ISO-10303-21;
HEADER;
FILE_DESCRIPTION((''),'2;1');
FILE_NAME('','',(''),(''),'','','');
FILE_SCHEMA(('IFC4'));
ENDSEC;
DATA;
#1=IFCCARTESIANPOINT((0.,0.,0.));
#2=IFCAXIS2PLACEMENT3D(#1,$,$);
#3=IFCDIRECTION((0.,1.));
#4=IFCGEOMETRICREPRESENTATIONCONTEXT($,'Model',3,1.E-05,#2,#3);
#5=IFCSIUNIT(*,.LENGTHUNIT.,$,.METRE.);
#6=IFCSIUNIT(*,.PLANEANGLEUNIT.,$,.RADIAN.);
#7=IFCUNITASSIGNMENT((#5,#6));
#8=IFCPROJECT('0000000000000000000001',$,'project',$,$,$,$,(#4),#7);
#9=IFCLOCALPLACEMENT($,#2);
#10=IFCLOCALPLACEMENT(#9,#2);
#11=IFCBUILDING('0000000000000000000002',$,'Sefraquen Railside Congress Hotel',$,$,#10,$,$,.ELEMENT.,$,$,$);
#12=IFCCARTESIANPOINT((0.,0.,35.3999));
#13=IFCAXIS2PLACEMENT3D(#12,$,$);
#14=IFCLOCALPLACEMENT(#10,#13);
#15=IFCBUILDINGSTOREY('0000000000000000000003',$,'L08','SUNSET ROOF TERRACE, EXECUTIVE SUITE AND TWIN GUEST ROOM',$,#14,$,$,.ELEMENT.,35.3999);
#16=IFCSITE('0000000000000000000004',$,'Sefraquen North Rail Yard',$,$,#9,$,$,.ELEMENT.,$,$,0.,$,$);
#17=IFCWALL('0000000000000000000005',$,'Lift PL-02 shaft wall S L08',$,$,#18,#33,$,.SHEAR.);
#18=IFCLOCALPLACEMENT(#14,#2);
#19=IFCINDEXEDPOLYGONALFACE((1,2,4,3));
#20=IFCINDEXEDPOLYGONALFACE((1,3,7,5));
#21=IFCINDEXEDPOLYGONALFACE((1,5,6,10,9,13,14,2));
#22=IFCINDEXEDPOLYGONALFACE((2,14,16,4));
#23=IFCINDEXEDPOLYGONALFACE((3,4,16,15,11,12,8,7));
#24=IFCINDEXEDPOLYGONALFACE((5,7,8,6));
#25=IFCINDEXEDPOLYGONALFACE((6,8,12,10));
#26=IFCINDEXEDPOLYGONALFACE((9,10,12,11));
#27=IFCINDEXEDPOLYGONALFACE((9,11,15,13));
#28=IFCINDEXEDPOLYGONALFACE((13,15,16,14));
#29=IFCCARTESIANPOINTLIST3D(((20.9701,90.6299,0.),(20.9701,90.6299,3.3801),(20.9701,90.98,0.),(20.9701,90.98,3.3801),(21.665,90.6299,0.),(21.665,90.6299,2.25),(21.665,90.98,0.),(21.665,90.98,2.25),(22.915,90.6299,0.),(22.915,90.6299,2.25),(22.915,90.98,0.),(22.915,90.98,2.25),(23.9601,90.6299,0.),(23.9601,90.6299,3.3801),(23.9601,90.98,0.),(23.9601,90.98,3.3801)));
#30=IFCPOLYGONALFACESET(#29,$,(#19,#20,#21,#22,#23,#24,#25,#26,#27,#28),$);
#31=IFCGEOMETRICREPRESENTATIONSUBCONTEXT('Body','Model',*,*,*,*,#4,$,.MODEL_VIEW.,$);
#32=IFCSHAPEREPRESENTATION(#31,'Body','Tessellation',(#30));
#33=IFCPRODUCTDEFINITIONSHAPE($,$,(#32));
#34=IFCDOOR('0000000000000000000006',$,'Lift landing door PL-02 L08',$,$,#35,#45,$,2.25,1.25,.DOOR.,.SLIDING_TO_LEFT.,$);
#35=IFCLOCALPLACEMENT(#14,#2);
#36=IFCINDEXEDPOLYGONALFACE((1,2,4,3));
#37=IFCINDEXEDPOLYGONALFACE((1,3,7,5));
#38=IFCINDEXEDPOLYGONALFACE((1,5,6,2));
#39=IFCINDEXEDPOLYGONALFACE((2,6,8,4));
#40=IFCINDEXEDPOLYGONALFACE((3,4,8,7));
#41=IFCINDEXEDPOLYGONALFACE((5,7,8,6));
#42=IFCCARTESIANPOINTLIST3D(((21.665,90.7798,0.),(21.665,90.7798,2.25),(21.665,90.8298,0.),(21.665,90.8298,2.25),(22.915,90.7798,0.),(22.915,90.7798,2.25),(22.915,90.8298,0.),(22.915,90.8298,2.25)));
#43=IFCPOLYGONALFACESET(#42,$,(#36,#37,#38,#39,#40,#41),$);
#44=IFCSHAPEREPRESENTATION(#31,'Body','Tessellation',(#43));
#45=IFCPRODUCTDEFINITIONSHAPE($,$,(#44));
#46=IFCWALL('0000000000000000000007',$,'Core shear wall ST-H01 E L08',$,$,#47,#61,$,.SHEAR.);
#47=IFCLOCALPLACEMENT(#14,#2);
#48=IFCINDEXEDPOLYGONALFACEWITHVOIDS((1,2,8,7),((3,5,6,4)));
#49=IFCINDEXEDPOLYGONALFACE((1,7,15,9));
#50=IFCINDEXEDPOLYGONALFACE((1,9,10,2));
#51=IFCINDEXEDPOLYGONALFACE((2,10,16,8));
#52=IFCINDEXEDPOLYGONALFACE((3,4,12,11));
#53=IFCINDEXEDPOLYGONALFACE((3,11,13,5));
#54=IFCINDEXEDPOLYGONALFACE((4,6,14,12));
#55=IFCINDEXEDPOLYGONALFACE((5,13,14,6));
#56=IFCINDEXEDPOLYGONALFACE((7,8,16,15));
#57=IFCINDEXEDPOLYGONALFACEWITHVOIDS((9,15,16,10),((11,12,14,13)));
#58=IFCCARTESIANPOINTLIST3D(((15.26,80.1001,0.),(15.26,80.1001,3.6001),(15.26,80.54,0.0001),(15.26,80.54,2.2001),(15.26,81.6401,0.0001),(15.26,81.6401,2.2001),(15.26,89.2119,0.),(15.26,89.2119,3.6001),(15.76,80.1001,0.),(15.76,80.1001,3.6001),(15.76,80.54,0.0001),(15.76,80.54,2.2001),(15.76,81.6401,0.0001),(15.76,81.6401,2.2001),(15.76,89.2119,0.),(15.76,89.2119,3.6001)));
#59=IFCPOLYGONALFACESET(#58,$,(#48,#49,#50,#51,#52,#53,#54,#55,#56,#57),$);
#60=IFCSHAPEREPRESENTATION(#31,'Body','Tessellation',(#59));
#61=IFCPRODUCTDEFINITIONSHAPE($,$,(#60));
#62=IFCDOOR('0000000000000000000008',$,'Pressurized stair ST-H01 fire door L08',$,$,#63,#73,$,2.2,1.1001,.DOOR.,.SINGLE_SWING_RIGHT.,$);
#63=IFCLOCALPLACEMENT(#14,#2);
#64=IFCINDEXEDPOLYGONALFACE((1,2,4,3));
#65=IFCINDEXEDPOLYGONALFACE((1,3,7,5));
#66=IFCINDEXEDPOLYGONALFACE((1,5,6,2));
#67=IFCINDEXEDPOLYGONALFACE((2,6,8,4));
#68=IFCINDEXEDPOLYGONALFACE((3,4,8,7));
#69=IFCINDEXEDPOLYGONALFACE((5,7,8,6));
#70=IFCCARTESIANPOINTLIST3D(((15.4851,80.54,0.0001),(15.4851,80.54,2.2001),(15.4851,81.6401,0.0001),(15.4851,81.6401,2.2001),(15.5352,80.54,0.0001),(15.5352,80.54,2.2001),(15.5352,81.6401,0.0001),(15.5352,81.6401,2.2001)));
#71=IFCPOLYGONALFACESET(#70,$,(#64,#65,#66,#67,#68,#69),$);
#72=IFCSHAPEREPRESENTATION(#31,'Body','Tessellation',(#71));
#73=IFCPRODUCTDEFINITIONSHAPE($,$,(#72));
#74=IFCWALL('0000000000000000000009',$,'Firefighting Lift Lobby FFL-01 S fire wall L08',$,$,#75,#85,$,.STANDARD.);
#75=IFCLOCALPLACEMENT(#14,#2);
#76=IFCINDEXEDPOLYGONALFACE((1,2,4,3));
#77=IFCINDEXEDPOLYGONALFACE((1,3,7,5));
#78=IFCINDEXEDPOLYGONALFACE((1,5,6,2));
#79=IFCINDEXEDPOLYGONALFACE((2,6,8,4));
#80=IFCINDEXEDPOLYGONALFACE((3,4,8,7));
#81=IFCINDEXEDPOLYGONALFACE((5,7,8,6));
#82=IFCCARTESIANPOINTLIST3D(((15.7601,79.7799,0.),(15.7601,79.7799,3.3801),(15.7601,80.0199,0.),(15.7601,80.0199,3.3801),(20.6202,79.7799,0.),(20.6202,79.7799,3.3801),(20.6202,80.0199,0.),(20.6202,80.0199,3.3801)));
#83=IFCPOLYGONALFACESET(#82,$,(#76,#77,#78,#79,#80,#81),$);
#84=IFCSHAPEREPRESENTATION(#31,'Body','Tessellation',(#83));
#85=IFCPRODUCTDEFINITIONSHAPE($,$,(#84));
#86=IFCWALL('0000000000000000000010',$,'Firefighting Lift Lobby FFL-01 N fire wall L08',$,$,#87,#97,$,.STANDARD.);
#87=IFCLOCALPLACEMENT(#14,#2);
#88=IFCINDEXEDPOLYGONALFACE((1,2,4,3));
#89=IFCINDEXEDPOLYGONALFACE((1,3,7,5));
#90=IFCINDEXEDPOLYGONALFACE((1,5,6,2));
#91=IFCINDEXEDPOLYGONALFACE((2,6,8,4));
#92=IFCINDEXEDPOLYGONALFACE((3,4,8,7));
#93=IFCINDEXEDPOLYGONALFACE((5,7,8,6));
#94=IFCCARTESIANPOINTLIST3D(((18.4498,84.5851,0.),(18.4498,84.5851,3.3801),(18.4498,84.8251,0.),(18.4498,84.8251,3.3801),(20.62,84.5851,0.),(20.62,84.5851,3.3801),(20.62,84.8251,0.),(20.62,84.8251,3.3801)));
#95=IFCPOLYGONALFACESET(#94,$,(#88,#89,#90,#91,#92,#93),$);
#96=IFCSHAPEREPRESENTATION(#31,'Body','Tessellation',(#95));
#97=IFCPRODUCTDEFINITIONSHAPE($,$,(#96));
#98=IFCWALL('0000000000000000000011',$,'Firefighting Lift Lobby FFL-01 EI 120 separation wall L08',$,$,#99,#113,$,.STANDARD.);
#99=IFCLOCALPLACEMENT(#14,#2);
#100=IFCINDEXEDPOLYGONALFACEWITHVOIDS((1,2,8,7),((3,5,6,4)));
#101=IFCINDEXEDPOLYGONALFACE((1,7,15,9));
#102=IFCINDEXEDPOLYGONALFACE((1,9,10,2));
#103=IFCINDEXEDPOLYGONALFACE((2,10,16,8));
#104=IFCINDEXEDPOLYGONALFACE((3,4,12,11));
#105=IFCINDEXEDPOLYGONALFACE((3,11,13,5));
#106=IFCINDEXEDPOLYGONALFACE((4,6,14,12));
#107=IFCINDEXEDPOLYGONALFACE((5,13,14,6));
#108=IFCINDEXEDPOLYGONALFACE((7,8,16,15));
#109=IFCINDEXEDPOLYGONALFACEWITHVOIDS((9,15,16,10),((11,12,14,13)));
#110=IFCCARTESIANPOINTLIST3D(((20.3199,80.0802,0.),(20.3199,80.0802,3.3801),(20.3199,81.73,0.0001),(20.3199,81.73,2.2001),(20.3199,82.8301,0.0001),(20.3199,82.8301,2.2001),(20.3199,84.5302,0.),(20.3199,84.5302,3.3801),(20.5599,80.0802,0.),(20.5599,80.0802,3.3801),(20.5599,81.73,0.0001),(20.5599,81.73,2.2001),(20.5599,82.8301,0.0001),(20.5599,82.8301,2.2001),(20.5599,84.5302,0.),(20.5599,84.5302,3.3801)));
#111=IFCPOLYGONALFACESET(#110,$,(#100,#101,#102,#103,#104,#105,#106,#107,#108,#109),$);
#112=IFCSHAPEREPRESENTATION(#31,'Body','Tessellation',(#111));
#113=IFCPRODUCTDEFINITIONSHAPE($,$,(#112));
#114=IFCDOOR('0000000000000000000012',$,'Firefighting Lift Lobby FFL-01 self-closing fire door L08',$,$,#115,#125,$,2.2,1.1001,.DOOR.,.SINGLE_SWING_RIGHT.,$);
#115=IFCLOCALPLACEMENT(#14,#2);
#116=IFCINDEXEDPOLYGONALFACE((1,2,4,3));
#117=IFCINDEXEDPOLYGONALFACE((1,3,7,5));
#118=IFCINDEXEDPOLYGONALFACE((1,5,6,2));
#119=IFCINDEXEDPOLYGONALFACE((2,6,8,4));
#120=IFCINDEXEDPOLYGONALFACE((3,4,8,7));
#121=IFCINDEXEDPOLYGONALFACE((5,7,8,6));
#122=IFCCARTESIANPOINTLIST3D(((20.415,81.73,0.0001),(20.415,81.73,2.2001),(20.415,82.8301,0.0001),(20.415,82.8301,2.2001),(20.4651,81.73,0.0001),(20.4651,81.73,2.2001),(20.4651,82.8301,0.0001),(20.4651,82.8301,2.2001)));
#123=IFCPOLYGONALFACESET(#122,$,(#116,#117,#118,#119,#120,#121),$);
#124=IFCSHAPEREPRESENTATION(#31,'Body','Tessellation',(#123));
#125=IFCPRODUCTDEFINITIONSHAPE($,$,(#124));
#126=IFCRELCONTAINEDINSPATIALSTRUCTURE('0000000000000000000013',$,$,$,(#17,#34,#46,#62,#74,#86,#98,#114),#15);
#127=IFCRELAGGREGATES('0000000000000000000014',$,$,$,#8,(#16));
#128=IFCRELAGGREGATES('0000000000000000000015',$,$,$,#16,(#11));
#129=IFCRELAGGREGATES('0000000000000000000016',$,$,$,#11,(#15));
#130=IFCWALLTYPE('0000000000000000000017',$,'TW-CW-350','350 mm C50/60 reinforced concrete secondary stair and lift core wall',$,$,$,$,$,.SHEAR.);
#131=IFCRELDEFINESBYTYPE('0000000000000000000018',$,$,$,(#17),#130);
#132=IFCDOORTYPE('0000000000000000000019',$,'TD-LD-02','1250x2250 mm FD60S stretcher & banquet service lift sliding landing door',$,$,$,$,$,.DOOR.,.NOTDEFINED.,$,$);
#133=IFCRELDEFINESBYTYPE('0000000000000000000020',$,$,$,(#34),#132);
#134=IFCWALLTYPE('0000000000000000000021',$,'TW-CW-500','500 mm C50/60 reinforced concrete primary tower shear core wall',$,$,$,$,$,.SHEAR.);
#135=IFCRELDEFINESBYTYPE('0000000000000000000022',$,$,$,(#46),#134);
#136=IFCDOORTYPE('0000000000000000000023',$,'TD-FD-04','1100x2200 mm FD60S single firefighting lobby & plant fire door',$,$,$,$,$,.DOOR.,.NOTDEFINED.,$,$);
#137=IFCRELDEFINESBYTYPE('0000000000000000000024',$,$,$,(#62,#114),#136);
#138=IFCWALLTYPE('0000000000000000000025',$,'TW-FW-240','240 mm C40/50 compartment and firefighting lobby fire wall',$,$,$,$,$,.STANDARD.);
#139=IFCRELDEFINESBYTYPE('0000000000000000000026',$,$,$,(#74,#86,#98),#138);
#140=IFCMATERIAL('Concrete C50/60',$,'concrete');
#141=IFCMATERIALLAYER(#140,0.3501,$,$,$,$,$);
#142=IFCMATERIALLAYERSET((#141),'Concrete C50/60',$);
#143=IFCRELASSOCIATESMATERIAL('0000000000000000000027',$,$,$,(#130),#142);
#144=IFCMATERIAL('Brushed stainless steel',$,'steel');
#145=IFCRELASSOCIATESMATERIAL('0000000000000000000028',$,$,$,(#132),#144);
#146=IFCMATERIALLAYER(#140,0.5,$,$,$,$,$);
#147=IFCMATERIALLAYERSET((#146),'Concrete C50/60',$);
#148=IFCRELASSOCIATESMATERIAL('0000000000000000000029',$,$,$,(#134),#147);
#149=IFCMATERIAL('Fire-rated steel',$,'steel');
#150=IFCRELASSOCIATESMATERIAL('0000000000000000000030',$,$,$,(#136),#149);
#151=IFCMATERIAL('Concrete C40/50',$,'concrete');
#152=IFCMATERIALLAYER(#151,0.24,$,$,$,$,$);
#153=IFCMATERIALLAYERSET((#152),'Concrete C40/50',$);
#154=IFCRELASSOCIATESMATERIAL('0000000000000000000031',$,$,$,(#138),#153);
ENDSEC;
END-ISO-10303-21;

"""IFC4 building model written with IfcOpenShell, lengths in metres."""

from ifc_helpers import new_model, si_unit, direction, frame, frame_2d, origin, place, context, subcontext, project, spatial, rectangle, extrude, material, layer, layer_set, type_object, element, fill, save


model = new_model("IFC4")

# Units and contexts
model_context = context("Model", 3, precision=1e-05, world=origin(), true_north=direction((0.0, 1.0)))
body_context = subcontext(model_context, "Body", "Model", "MODEL_VIEW")
ifc_project = project(units=[si_unit("LENGTHUNIT", "METRE"), si_unit("PLANEANGLEUNIT", "RADIAN")], contexts=[model_context])

# Site, building, storey
site_placement = place(None, origin())
site = spatial("IfcSite", under=ifc_project, at=site_placement, Name="Sefraquen North Rail Yard", CompositionType="ELEMENT", RefElevation=0.0)
building_placement = place(site_placement, origin())
building = spatial("IfcBuilding", under=site, at=building_placement, Name="Sefraquen Railside Congress Hotel", CompositionType="ELEMENT")
storey_placement = place(building_placement, frame((0.0, 0.0, 35.3999)))
storey = spatial("IfcBuildingStorey", under=building, at=storey_placement, Name="L08", Description="SUNSET ROOF TERRACE, EXECUTIVE SUITE AND TWIN GUEST ROOM", CompositionType="ELEMENT", Elevation=35.3999)

# Shared definitions
ifc_material_1 = material(Name="Concrete C50/60", Category="concrete")
ifc_layer_1 = layer(ifc_material_1, 0.3501)
ifc_layer_set_1 = layer_set([ifc_layer_1], Name="Concrete C50/60")
wall_type_1 = type_object("IfcWallType", Name="TW-CW-350", Description="350 mm C50/60 reinforced concrete secondary stair and lift core wall", PredefinedType="SHEAR", material=ifc_layer_set_1)

# Shared definitions
ifc_material_2 = material(Name="Brushed stainless steel", Category="steel")
door_type_1 = type_object("IfcDoorType", Name="TD-LD-02", Description="1250x2250 mm FD60S stretcher & banquet service lift sliding landing door", OperationType="NOTDEFINED", PredefinedType="DOOR", material=ifc_material_2)

# Walls, openings, doors
wall_1_placement = place(storey_placement, frame((20.97, 90.8049, 0.0), z_axis=(0.0, 0.0, 1.0), x_axis=(1.0, 0.0, 0.0)))
wall_1 = element("IfcWall", 1, at=wall_1_placement, inside=storey, type_object=wall_type_1, Name="Lift PL-02 shaft wall S L08", PredefinedType="SHEAR", context=body_context, shape_type="SweptSolid", body=[
    extrude(rectangle(XDim=2.99, YDim=0.3501, at=frame_2d((1.4951, 0.0))), origin(), (0.0, 0.0, 1.0), 3.3801),
])
opening_1_placement = place(wall_1_placement, frame((0.6951, 0.0, 0.0)))
opening_1 = element("IfcOpeningElement", 2, at=opening_1_placement, cuts=wall_1, PredefinedType="OPENING", context=body_context, shape_type="SweptSolid", body=[
    extrude(rectangle(XDim=1.25, YDim=2.25, at=frame_2d((0.625, 1.125))), frame((0.0, 0.1851, 0.0), z_axis=(0.0, -1.0, 0.0), x_axis=(1.0, 0.0, 0.0)), (0.0, 0.0, 1.0), 0.3701),
])
door_1_placement = place(opening_1_placement, origin())
door_1 = element("IfcDoor", 3, at=door_1_placement, inside=storey, type_object=door_type_1, Name="Lift landing door PL-02 L08", OperationType="SLIDING_TO_LEFT", OverallHeight=2.25, OverallWidth=1.25, PredefinedType="DOOR", context=body_context, shape_type="SweptSolid", body=[
    extrude(rectangle(XDim=1.25, YDim=2.25, at=frame_2d((0.625, 1.125))), frame((0.0, 0.0249, 0.0), z_axis=(0.0, -1.0, 0.0), x_axis=(1.0, 0.0, 0.0)), (0.0, 0.0, 1.0), 0.05),
])
fill(opening_1, door_1)
ifc_layer_2 = layer(ifc_material_1, 0.5)
ifc_layer_set_2 = layer_set([ifc_layer_2], Name="Concrete C50/60")
wall_type_2 = type_object("IfcWallType", Name="TW-CW-500", Description="500 mm C50/60 reinforced concrete primary tower shear core wall", PredefinedType="SHEAR", material=ifc_layer_set_2)
wall_2_placement = place(storey_placement, frame((15.51, 80.1001, 0.0), z_axis=(0.0, 0.0, 1.0), x_axis=(0.0, 1.0, 0.0)))
wall_2 = element("IfcWall", 4, at=wall_2_placement, inside=storey, type_object=wall_type_2, Name="Core shear wall ST-H01 E L08", PredefinedType="SHEAR", context=body_context, shape_type="SweptSolid", body=[
    extrude(rectangle(XDim=9.1118, YDim=0.5, at=frame_2d((4.5559, 0.0))), origin(), (0.0, 0.0, 1.0), 3.6001),
])
opening_2_placement = place(wall_2_placement, frame((0.4399, 0.0, 0.0)))
opening_2 = element("IfcOpeningElement", 5, at=opening_2_placement, cuts=wall_2, PredefinedType="OPENING", context=body_context, shape_type="SweptSolid", body=[
    extrude(rectangle(XDim=1.1001, YDim=2.2, at=frame_2d((0.55, 1.1001))), frame((0.0, 0.26, 0.0), z_axis=(0.0, -1.0, 0.0), x_axis=(1.0, 0.0, 0.0)), (0.0, 0.0, 1.0), 0.52),
])
ifc_material_3 = material(Name="Fire-rated steel", Category="steel")
door_type_2 = type_object("IfcDoorType", Name="TD-FD-04", Description="1100x2200 mm FD60S single firefighting lobby & plant fire door", OperationType="NOTDEFINED", PredefinedType="DOOR", material=ifc_material_3)
door_2_placement = place(opening_2_placement, origin())
door_2 = element("IfcDoor", 6, at=door_2_placement, inside=storey, type_object=door_type_2, Name="Pressurized stair ST-H01 fire door L08", OperationType="SINGLE_SWING_RIGHT", OverallHeight=2.2, OverallWidth=1.1001, PredefinedType="DOOR", context=body_context, shape_type="SweptSolid", body=[
    extrude(rectangle(XDim=1.1001, YDim=2.2, at=frame_2d((0.55, 1.1001))), frame((0.0, 0.0249, 0.0), z_axis=(0.0, -1.0, 0.0), x_axis=(1.0, 0.0, 0.0)), (0.0, 0.0, 1.0), 0.05),
])
fill(opening_2, door_2)

# Walls
ifc_material_4 = material(Name="Concrete C40/50", Category="concrete")
ifc_layer_3 = layer(ifc_material_4, 0.24)
ifc_layer_set_3 = layer_set([ifc_layer_3], Name="Concrete C40/50")
wall_type_3 = type_object("IfcWallType", Name="TW-FW-240", Description="240 mm C40/50 compartment and firefighting lobby fire wall", PredefinedType="STANDARD", material=ifc_layer_set_3)
wall_3_placement = place(storey_placement, frame((15.76, 79.8999, 0.0), z_axis=(0.0, 0.0, 1.0), x_axis=(1.0, 0.0, 0.0)))
element("IfcWall", 7, at=wall_3_placement, inside=storey, type_object=wall_type_3, Name="Firefighting Lift Lobby FFL-01 S fire wall L08", PredefinedType="STANDARD", context=body_context, shape_type="SweptSolid", body=[
    extrude(rectangle(XDim=4.8601, YDim=0.24, at=frame_2d((2.4302, 0.0))), origin(), (0.0, 0.0, 1.0), 3.3801),
])
wall_4_placement = place(storey_placement, frame((18.45, 84.7051, 0.0), z_axis=(0.0, 0.0, 1.0), x_axis=(1.0, 0.0, 0.0)))
element("IfcWall", 8, at=wall_4_placement, inside=storey, type_object=wall_type_3, Name="Firefighting Lift Lobby FFL-01 N fire wall L08", PredefinedType="STANDARD", context=body_context, shape_type="SweptSolid", body=[
    extrude(rectangle(XDim=2.1702, YDim=0.24, at=frame_2d((1.085, 0.0))), origin(), (0.0, 0.0, 1.0), 3.3801),
])

# Wall, opening, door
wall_5_placement = place(storey_placement, frame((20.4399, 80.0801, 0.0), z_axis=(0.0, 0.0, 1.0), x_axis=(0.0, 1.0, 0.0)))
wall_5 = element("IfcWall", 9, at=wall_5_placement, inside=storey, type_object=wall_type_3, Name="Firefighting Lift Lobby FFL-01 EI 120 separation wall L08", PredefinedType="STANDARD", context=body_context, shape_type="SweptSolid", body=[
    extrude(rectangle(XDim=4.45, YDim=0.24, at=frame_2d((2.2251, 0.0))), origin(), (0.0, 0.0, 1.0), 3.3801),
])
opening_3_placement = place(wall_5_placement, frame((1.6499, 0.0, 0.0)))
opening_3 = element("IfcOpeningElement", 10, at=opening_3_placement, cuts=wall_5, PredefinedType="OPENING", context=body_context, shape_type="SweptSolid", body=[
    extrude(rectangle(XDim=1.1001, YDim=2.2, at=frame_2d((0.55, 1.1001))), frame((0.0, 0.1299, 0.0), z_axis=(0.0, -1.0, 0.0), x_axis=(1.0, 0.0, 0.0)), (0.0, 0.0, 1.0), 0.26),
])
door_3_placement = place(opening_3_placement, origin())
door_3 = element("IfcDoor", 11, at=door_3_placement, inside=storey, type_object=door_type_2, Name="Firefighting Lift Lobby FFL-01 self-closing fire door L08", OperationType="SINGLE_SWING_RIGHT", OverallHeight=2.2, OverallWidth=1.1001, PredefinedType="DOOR", context=body_context, shape_type="SweptSolid", body=[
    extrude(rectangle(XDim=1.1001, YDim=2.2, at=frame_2d((0.55, 1.1001))), frame((0.0, 0.0249, 0.0), z_axis=(0.0, -1.0, 0.0), x_axis=(1.0, 0.0, 0.0)), (0.0, 0.0, 1.0), 0.05),
])
fill(opening_3, door_3)

save(model, "model.ifc")
